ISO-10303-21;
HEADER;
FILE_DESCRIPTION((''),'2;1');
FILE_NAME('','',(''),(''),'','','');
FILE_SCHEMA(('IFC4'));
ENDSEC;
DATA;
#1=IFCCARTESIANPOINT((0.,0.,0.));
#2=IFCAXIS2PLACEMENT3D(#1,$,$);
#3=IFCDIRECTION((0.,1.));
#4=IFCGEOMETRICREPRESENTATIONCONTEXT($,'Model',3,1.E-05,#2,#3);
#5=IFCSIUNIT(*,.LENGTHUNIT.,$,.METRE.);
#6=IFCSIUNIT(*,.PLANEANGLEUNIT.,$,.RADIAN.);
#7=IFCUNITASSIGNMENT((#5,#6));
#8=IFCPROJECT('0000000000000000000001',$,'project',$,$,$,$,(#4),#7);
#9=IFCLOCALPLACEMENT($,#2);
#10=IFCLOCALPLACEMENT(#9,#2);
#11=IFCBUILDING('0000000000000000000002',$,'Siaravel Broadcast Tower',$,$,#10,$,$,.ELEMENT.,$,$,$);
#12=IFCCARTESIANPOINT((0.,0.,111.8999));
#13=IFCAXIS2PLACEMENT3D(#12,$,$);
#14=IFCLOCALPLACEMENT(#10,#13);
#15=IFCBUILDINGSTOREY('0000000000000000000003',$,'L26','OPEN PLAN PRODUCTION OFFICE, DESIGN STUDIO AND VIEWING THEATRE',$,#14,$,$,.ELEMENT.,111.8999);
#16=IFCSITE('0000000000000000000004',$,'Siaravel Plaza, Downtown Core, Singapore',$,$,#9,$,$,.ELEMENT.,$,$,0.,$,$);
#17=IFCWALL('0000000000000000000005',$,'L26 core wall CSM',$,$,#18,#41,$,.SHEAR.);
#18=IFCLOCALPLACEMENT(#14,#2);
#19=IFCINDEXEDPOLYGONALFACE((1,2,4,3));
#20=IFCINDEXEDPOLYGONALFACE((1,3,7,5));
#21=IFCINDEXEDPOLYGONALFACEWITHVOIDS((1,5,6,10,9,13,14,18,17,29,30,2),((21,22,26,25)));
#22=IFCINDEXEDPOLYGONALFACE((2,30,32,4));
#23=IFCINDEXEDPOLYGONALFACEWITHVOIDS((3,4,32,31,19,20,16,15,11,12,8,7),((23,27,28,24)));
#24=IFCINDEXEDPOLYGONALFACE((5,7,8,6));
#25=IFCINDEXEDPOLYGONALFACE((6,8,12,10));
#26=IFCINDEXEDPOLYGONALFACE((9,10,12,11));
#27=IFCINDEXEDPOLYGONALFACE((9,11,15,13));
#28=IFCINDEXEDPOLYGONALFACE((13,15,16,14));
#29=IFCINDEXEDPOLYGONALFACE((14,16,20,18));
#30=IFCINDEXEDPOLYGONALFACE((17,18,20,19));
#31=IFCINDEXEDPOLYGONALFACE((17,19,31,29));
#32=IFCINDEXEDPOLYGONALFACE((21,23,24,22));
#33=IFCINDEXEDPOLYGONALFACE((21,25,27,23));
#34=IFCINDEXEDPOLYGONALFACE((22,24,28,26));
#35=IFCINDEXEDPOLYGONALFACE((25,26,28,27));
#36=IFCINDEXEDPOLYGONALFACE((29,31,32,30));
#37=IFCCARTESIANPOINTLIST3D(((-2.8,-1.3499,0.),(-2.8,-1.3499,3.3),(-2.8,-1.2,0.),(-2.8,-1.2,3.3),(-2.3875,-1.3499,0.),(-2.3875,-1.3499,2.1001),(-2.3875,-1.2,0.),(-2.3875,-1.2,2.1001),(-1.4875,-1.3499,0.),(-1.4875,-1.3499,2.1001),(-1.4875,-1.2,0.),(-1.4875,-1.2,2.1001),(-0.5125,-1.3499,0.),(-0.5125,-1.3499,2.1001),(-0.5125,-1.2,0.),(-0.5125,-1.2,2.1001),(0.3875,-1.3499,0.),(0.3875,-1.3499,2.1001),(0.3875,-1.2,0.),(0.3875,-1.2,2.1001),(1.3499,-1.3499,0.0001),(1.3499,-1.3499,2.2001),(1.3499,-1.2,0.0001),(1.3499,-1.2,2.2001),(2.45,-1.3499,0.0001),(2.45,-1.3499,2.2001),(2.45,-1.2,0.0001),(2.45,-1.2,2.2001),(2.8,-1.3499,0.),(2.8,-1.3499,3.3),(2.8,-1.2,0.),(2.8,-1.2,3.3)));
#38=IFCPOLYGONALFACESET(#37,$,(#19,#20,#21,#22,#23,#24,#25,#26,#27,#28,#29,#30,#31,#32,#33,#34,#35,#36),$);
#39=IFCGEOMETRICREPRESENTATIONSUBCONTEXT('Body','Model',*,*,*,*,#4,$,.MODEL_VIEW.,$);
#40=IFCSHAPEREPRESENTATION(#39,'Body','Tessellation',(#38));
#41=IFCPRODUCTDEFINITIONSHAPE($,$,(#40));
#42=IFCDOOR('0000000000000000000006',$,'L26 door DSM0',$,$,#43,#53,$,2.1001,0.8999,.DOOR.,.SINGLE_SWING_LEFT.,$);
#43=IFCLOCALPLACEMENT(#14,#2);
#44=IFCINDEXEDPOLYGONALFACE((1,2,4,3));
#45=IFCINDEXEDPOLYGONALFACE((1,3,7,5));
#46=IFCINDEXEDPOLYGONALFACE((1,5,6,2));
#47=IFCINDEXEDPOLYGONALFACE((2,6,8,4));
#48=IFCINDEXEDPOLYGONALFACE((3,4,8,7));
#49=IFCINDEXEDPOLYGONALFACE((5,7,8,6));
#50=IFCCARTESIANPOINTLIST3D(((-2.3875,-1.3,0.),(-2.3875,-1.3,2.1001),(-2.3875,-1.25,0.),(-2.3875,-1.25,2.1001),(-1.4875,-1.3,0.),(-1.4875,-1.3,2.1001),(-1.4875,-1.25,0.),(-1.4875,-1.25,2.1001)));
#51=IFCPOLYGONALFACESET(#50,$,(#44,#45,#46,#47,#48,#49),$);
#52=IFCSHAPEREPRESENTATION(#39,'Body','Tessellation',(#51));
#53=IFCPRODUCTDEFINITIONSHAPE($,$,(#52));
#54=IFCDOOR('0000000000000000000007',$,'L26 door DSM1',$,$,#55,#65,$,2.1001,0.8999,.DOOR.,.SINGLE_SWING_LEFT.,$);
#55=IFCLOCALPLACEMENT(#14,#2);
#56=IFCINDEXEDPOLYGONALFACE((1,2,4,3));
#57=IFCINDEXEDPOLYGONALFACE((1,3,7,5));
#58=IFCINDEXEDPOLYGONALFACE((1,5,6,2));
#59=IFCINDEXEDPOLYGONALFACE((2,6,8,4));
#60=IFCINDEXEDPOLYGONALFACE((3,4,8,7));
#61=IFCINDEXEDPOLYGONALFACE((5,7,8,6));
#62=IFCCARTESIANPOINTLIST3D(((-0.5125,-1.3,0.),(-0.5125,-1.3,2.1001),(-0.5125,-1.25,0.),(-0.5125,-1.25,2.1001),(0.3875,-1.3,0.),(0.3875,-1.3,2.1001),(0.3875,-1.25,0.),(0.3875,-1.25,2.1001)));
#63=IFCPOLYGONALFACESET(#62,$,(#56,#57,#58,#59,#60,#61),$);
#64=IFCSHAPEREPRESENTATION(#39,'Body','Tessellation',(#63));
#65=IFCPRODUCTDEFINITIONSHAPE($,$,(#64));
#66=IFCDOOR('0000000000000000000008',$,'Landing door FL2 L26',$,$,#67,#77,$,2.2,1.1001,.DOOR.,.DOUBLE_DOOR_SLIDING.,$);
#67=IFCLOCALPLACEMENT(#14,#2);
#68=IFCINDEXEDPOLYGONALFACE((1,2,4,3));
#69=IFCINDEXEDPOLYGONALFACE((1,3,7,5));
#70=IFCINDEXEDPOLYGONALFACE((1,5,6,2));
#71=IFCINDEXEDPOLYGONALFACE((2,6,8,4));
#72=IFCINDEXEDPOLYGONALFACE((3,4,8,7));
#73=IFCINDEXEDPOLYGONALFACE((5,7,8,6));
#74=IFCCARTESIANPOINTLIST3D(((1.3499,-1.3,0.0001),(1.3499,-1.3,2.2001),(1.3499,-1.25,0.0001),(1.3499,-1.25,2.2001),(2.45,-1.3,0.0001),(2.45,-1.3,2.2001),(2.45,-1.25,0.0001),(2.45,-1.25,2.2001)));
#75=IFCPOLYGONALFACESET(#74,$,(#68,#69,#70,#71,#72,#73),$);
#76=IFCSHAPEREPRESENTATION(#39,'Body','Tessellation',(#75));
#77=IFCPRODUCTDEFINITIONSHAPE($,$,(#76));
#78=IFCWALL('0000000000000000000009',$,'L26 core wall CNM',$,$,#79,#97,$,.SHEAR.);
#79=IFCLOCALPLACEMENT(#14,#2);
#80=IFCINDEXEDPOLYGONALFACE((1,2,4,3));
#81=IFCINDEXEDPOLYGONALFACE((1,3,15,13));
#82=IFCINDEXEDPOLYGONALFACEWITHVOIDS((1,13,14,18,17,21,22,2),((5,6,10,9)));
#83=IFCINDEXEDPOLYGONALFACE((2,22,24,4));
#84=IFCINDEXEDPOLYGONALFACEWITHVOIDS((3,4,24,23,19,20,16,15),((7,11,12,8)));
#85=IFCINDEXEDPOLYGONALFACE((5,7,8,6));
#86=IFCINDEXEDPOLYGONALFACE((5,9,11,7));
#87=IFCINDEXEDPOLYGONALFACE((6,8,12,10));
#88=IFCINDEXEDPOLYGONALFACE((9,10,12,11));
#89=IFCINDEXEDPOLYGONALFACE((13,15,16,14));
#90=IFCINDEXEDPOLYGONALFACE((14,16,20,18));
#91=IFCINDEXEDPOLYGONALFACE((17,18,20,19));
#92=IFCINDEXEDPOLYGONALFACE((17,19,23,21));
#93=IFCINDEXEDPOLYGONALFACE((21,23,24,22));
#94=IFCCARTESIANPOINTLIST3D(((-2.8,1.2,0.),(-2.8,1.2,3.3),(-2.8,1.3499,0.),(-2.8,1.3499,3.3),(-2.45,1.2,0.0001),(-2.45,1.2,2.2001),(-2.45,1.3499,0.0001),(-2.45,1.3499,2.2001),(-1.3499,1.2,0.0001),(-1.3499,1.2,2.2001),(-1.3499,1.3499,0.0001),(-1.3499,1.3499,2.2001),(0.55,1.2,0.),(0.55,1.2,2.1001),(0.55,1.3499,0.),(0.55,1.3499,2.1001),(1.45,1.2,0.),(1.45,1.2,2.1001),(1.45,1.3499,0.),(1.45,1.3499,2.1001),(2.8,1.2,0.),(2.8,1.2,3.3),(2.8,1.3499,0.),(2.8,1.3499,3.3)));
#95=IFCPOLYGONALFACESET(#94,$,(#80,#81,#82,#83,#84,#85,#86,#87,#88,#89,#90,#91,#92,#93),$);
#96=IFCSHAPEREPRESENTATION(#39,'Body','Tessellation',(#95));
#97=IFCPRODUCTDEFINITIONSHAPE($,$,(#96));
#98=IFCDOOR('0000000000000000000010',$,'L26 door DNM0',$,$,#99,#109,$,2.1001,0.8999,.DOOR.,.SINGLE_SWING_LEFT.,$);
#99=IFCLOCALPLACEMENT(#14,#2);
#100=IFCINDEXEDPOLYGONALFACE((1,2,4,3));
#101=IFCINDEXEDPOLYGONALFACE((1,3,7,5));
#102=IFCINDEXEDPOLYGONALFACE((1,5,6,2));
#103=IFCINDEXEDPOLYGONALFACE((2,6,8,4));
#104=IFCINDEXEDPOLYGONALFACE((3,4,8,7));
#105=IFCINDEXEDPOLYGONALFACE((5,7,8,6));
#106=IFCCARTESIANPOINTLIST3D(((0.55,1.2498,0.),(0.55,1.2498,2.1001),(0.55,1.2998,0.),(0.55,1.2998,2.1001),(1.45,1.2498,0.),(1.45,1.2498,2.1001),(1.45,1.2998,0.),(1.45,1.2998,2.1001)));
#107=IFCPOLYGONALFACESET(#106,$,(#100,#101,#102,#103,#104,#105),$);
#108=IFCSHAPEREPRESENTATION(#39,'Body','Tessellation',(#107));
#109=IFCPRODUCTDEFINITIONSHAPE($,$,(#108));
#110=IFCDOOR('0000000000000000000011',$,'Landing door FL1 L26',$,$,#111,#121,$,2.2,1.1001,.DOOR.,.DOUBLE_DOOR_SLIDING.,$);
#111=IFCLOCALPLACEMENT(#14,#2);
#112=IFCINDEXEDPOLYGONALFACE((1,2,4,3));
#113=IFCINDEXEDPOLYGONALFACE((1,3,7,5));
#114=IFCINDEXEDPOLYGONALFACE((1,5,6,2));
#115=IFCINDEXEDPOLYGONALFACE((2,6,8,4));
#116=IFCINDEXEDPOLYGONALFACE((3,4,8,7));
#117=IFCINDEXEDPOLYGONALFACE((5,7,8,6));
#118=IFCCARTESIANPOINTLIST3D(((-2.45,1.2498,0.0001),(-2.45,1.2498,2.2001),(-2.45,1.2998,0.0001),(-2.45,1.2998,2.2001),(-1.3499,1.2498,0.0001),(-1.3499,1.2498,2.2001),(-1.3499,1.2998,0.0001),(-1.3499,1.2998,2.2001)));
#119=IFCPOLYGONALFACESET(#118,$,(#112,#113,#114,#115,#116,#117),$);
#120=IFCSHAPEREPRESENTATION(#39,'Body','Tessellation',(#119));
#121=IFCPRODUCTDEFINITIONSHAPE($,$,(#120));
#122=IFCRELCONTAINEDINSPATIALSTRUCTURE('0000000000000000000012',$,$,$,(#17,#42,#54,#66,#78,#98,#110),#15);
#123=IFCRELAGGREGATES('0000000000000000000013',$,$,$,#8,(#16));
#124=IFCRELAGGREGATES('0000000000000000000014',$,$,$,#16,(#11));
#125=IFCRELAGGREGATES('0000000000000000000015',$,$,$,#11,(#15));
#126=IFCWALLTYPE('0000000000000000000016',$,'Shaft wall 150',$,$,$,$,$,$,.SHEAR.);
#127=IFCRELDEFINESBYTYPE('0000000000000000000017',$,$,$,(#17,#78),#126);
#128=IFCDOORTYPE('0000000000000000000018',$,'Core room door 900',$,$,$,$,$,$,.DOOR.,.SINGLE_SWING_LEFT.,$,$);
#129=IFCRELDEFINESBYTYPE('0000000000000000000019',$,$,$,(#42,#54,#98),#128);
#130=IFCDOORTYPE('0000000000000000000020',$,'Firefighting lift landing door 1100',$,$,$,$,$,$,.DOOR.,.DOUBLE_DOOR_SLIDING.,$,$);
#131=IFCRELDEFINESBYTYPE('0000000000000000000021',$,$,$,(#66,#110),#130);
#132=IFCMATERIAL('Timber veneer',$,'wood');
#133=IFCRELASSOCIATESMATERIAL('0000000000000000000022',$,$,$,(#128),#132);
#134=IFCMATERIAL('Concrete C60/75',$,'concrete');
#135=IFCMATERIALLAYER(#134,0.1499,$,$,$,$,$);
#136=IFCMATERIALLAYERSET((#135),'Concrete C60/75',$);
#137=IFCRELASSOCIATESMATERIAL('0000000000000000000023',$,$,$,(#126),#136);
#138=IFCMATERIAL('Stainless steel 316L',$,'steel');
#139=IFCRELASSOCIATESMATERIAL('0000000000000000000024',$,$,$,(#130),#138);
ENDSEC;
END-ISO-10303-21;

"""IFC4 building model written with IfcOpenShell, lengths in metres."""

from ifc_helpers import new_model, si_unit, direction, frame, frame_2d, origin, place, context, subcontext, project, spatial, rectangle, extrude, material, layer, layer_set, type_object, element, fill, save


model = new_model("IFC4")

# Units and contexts
model_context = context("Model", 3, precision=1e-05, world=origin(), true_north=direction((0.0, 1.0)))
body_context = subcontext(model_context, "Body", "Model", "MODEL_VIEW")
ifc_project = project(units=[si_unit("LENGTHUNIT", "METRE"), si_unit("PLANEANGLEUNIT", "RADIAN")], contexts=[model_context])

# Site, building, storey
site_placement = place(None, origin())
site = spatial("IfcSite", under=ifc_project, at=site_placement, Name="Siaravel Plaza, Downtown Core, Singapore", CompositionType="ELEMENT", RefElevation=0.0)
building_placement = place(site_placement, origin())
building = spatial("IfcBuilding", under=site, at=building_placement, Name="Siaravel Broadcast Tower", CompositionType="ELEMENT")
storey_placement = place(building_placement, frame((0.0, 0.0, 111.8999)))
storey = spatial("IfcBuildingStorey", under=building, at=storey_placement, Name="L26", Description="OPEN PLAN PRODUCTION OFFICE, DESIGN STUDIO AND VIEWING THEATRE", CompositionType="ELEMENT", Elevation=111.8999)

# Shared definitions
ifc_material_1 = material(Name="Timber veneer", Category="wood")
door_type_1 = type_object("IfcDoorType", Name="Core room door 900", OperationType="SINGLE_SWING_LEFT", PredefinedType="DOOR", material=ifc_material_1)

# Walls, openings, doors
ifc_material_2 = material(Name="Concrete C60/75", Category="concrete")
ifc_layer_1 = layer(ifc_material_2, 0.1499)
ifc_layer_set_1 = layer_set([ifc_layer_1], Name="Concrete C60/75")
wall_type_1 = type_object("IfcWallType", Name="Shaft wall 150", PredefinedType="SHEAR", material=ifc_layer_set_1)
wall_1_placement = place(storey_placement, frame((-2.8, -1.2749, 0.0), z_axis=(0.0, 0.0, 1.0), x_axis=(1.0, 0.0, 0.0)))
wall_1 = element("IfcWall", 1, at=wall_1_placement, inside=storey, type_object=wall_type_1, Name="L26 core wall CSM", PredefinedType="SHEAR", context=body_context, shape_type="SweptSolid", body=[
    extrude(rectangle(XDim=5.6001, YDim=0.1499, at=frame_2d((2.8, 0.0))), origin(), (0.0, 0.0, 1.0), 3.3),
])
opening_1_placement = place(wall_1_placement, frame((4.1499, 0.0, 0.0)))
opening_1 = element("IfcOpeningElement", 2, at=opening_1_placement, cuts=wall_1, PredefinedType="OPENING", context=body_context, shape_type="SweptSolid", body=[
    extrude(rectangle(XDim=1.1001, YDim=2.2, at=frame_2d((0.55, 1.1001))), frame((0.0, 0.085, 0.0), z_axis=(0.0, -1.0, 0.0), x_axis=(1.0, 0.0, 0.0)), (0.0, 0.0, 1.0), 0.1699),
])
opening_2_placement = place(wall_1_placement, frame((0.4126, 0.0, 0.0)))
opening_2 = element("IfcOpeningElement", 3, at=opening_2_placement, cuts=wall_1, PredefinedType="OPENING", context=body_context, shape_type="SweptSolid", body=[
    extrude(rectangle(XDim=0.8999, YDim=2.1001, at=frame_2d((0.45, 1.05))), frame((0.0, 0.085, 0.0), z_axis=(0.0, -1.0, 0.0), x_axis=(1.0, 0.0, 0.0)), (0.0, 0.0, 1.0), 0.1699),
])
opening_3_placement = place(wall_1_placement, frame((2.2876, 0.0, 0.0)))
opening_3 = element("IfcOpeningElement", 4, at=opening_3_placement, cuts=wall_1, PredefinedType="OPENING", context=body_context, shape_type="SweptSolid", body=[
    extrude(rectangle(XDim=0.8999, YDim=2.1001, at=frame_2d((0.45, 1.05))), frame((0.0, 0.085, 0.0), z_axis=(0.0, -1.0, 0.0), x_axis=(1.0, 0.0, 0.0)), (0.0, 0.0, 1.0), 0.1699),
])
door_1_placement = place(opening_2_placement, origin())
door_1 = element("IfcDoor", 5, at=door_1_placement, inside=storey, type_object=door_type_1, Name="L26 door DSM0", OperationType="SINGLE_SWING_LEFT", OverallHeight=2.1001, OverallWidth=0.8999, PredefinedType="DOOR", context=body_context, shape_type="SweptSolid", body=[
    extrude(rectangle(XDim=0.8999, YDim=2.1001, at=frame_2d((0.45, 1.05))), frame((0.0, 0.0249, 0.0), z_axis=(0.0, -1.0, 0.0), x_axis=(1.0, 0.0, 0.0)), (0.0, 0.0, 1.0), 0.05),
])
fill(opening_2, door_1)
door_2_placement = place(opening_3_placement, origin())
door_2 = element("IfcDoor", 6, at=door_2_placement, inside=storey, type_object=door_type_1, Name="L26 door DSM1", OperationType="SINGLE_SWING_LEFT", OverallHeight=2.1001, OverallWidth=0.8999, PredefinedType="DOOR", context=body_context, shape_type="SweptSolid", body=[
    extrude(rectangle(XDim=0.8999, YDim=2.1001, at=frame_2d((0.45, 1.05))), frame((0.0, 0.0249, 0.0), z_axis=(0.0, -1.0, 0.0), x_axis=(1.0, 0.0, 0.0)), (0.0, 0.0, 1.0), 0.05),
])
fill(opening_3, door_2)
ifc_material_3 = material(Name="Stainless steel 316L", Category="steel")
door_type_2 = type_object("IfcDoorType", Name="Firefighting lift landing door 1100", OperationType="DOUBLE_DOOR_SLIDING", PredefinedType="DOOR", material=ifc_material_3)
door_3_placement = place(opening_1_placement, origin())
door_3 = element("IfcDoor", 7, at=door_3_placement, inside=storey, type_object=door_type_2, Name="Landing door FL2 L26", OperationType="DOUBLE_DOOR_SLIDING", OverallHeight=2.2, OverallWidth=1.1001, PredefinedType="DOOR", context=body_context, shape_type="SweptSolid", body=[
    extrude(rectangle(XDim=1.1001, YDim=2.2, at=frame_2d((0.55, 1.1001))), frame((0.0, 0.0249, 0.0), z_axis=(0.0, -1.0, 0.0), x_axis=(1.0, 0.0, 0.0)), (0.0, 0.0, 1.0), 0.05),
])
fill(opening_1, door_3)
wall_2_placement = place(storey_placement, frame((-2.8, 1.2749, 0.0), z_axis=(0.0, 0.0, 1.0), x_axis=(1.0, 0.0, 0.0)))
wall_2 = element("IfcWall", 8, at=wall_2_placement, inside=storey, type_object=wall_type_1, Name="L26 core wall CNM", PredefinedType="SHEAR", context=body_context, shape_type="SweptSolid", body=[
    extrude(rectangle(XDim=5.6001, YDim=0.1499, at=frame_2d((2.8, 0.0))), origin(), (0.0, 0.0, 1.0), 3.3),
])
opening_4_placement = place(wall_2_placement, frame((0.3501, 0.0, 0.0)))
opening_4 = element("IfcOpeningElement", 9, at=opening_4_placement, cuts=wall_2, PredefinedType="OPENING", context=body_context, shape_type="SweptSolid", body=[
    extrude(rectangle(XDim=1.1001, YDim=2.2, at=frame_2d((0.55, 1.1001))), frame((0.0, 0.085, 0.0), z_axis=(0.0, -1.0, 0.0), x_axis=(1.0, 0.0, 0.0)), (0.0, 0.0, 1.0), 0.1699),
])
opening_5_placement = place(wall_2_placement, frame((3.3501, 0.0, 0.0)))
opening_5 = element("IfcOpeningElement", 10, at=opening_5_placement, cuts=wall_2, PredefinedType="OPENING", context=body_context, shape_type="SweptSolid", body=[
    extrude(rectangle(XDim=0.8999, YDim=2.1001, at=frame_2d((0.45, 1.05))), frame((0.0, 0.085, 0.0), z_axis=(0.0, -1.0, 0.0), x_axis=(1.0, 0.0, 0.0)), (0.0, 0.0, 1.0), 0.1699),
])
door_4_placement = place(opening_5_placement, origin())
door_4 = element("IfcDoor", 11, at=door_4_placement, inside=storey, type_object=door_type_1, Name="L26 door DNM0", OperationType="SINGLE_SWING_LEFT", OverallHeight=2.1001, OverallWidth=0.8999, PredefinedType="DOOR", context=body_context, shape_type="SweptSolid", body=[
    extrude(rectangle(XDim=0.8999, YDim=2.1001, at=frame_2d((0.45, 1.05))), frame((0.0, 0.0249, 0.0), z_axis=(0.0, -1.0, 0.0), x_axis=(1.0, 0.0, 0.0)), (0.0, 0.0, 1.0), 0.05),
])
fill(opening_5, door_4)
door_5_placement = place(opening_4_placement, origin())
door_5 = element("IfcDoor", 12, at=door_5_placement, inside=storey, type_object=door_type_2, Name="Landing door FL1 L26", OperationType="DOUBLE_DOOR_SLIDING", OverallHeight=2.2, OverallWidth=1.1001, PredefinedType="DOOR", context=body_context, shape_type="SweptSolid", body=[
    extrude(rectangle(XDim=1.1001, YDim=2.2, at=frame_2d((0.55, 1.1001))), frame((0.0, 0.0249, 0.0), z_axis=(0.0, -1.0, 0.0), x_axis=(1.0, 0.0, 0.0)), (0.0, 0.0, 1.0), 0.05),
])
fill(opening_4, door_5)

save(model, "model.ifc")
